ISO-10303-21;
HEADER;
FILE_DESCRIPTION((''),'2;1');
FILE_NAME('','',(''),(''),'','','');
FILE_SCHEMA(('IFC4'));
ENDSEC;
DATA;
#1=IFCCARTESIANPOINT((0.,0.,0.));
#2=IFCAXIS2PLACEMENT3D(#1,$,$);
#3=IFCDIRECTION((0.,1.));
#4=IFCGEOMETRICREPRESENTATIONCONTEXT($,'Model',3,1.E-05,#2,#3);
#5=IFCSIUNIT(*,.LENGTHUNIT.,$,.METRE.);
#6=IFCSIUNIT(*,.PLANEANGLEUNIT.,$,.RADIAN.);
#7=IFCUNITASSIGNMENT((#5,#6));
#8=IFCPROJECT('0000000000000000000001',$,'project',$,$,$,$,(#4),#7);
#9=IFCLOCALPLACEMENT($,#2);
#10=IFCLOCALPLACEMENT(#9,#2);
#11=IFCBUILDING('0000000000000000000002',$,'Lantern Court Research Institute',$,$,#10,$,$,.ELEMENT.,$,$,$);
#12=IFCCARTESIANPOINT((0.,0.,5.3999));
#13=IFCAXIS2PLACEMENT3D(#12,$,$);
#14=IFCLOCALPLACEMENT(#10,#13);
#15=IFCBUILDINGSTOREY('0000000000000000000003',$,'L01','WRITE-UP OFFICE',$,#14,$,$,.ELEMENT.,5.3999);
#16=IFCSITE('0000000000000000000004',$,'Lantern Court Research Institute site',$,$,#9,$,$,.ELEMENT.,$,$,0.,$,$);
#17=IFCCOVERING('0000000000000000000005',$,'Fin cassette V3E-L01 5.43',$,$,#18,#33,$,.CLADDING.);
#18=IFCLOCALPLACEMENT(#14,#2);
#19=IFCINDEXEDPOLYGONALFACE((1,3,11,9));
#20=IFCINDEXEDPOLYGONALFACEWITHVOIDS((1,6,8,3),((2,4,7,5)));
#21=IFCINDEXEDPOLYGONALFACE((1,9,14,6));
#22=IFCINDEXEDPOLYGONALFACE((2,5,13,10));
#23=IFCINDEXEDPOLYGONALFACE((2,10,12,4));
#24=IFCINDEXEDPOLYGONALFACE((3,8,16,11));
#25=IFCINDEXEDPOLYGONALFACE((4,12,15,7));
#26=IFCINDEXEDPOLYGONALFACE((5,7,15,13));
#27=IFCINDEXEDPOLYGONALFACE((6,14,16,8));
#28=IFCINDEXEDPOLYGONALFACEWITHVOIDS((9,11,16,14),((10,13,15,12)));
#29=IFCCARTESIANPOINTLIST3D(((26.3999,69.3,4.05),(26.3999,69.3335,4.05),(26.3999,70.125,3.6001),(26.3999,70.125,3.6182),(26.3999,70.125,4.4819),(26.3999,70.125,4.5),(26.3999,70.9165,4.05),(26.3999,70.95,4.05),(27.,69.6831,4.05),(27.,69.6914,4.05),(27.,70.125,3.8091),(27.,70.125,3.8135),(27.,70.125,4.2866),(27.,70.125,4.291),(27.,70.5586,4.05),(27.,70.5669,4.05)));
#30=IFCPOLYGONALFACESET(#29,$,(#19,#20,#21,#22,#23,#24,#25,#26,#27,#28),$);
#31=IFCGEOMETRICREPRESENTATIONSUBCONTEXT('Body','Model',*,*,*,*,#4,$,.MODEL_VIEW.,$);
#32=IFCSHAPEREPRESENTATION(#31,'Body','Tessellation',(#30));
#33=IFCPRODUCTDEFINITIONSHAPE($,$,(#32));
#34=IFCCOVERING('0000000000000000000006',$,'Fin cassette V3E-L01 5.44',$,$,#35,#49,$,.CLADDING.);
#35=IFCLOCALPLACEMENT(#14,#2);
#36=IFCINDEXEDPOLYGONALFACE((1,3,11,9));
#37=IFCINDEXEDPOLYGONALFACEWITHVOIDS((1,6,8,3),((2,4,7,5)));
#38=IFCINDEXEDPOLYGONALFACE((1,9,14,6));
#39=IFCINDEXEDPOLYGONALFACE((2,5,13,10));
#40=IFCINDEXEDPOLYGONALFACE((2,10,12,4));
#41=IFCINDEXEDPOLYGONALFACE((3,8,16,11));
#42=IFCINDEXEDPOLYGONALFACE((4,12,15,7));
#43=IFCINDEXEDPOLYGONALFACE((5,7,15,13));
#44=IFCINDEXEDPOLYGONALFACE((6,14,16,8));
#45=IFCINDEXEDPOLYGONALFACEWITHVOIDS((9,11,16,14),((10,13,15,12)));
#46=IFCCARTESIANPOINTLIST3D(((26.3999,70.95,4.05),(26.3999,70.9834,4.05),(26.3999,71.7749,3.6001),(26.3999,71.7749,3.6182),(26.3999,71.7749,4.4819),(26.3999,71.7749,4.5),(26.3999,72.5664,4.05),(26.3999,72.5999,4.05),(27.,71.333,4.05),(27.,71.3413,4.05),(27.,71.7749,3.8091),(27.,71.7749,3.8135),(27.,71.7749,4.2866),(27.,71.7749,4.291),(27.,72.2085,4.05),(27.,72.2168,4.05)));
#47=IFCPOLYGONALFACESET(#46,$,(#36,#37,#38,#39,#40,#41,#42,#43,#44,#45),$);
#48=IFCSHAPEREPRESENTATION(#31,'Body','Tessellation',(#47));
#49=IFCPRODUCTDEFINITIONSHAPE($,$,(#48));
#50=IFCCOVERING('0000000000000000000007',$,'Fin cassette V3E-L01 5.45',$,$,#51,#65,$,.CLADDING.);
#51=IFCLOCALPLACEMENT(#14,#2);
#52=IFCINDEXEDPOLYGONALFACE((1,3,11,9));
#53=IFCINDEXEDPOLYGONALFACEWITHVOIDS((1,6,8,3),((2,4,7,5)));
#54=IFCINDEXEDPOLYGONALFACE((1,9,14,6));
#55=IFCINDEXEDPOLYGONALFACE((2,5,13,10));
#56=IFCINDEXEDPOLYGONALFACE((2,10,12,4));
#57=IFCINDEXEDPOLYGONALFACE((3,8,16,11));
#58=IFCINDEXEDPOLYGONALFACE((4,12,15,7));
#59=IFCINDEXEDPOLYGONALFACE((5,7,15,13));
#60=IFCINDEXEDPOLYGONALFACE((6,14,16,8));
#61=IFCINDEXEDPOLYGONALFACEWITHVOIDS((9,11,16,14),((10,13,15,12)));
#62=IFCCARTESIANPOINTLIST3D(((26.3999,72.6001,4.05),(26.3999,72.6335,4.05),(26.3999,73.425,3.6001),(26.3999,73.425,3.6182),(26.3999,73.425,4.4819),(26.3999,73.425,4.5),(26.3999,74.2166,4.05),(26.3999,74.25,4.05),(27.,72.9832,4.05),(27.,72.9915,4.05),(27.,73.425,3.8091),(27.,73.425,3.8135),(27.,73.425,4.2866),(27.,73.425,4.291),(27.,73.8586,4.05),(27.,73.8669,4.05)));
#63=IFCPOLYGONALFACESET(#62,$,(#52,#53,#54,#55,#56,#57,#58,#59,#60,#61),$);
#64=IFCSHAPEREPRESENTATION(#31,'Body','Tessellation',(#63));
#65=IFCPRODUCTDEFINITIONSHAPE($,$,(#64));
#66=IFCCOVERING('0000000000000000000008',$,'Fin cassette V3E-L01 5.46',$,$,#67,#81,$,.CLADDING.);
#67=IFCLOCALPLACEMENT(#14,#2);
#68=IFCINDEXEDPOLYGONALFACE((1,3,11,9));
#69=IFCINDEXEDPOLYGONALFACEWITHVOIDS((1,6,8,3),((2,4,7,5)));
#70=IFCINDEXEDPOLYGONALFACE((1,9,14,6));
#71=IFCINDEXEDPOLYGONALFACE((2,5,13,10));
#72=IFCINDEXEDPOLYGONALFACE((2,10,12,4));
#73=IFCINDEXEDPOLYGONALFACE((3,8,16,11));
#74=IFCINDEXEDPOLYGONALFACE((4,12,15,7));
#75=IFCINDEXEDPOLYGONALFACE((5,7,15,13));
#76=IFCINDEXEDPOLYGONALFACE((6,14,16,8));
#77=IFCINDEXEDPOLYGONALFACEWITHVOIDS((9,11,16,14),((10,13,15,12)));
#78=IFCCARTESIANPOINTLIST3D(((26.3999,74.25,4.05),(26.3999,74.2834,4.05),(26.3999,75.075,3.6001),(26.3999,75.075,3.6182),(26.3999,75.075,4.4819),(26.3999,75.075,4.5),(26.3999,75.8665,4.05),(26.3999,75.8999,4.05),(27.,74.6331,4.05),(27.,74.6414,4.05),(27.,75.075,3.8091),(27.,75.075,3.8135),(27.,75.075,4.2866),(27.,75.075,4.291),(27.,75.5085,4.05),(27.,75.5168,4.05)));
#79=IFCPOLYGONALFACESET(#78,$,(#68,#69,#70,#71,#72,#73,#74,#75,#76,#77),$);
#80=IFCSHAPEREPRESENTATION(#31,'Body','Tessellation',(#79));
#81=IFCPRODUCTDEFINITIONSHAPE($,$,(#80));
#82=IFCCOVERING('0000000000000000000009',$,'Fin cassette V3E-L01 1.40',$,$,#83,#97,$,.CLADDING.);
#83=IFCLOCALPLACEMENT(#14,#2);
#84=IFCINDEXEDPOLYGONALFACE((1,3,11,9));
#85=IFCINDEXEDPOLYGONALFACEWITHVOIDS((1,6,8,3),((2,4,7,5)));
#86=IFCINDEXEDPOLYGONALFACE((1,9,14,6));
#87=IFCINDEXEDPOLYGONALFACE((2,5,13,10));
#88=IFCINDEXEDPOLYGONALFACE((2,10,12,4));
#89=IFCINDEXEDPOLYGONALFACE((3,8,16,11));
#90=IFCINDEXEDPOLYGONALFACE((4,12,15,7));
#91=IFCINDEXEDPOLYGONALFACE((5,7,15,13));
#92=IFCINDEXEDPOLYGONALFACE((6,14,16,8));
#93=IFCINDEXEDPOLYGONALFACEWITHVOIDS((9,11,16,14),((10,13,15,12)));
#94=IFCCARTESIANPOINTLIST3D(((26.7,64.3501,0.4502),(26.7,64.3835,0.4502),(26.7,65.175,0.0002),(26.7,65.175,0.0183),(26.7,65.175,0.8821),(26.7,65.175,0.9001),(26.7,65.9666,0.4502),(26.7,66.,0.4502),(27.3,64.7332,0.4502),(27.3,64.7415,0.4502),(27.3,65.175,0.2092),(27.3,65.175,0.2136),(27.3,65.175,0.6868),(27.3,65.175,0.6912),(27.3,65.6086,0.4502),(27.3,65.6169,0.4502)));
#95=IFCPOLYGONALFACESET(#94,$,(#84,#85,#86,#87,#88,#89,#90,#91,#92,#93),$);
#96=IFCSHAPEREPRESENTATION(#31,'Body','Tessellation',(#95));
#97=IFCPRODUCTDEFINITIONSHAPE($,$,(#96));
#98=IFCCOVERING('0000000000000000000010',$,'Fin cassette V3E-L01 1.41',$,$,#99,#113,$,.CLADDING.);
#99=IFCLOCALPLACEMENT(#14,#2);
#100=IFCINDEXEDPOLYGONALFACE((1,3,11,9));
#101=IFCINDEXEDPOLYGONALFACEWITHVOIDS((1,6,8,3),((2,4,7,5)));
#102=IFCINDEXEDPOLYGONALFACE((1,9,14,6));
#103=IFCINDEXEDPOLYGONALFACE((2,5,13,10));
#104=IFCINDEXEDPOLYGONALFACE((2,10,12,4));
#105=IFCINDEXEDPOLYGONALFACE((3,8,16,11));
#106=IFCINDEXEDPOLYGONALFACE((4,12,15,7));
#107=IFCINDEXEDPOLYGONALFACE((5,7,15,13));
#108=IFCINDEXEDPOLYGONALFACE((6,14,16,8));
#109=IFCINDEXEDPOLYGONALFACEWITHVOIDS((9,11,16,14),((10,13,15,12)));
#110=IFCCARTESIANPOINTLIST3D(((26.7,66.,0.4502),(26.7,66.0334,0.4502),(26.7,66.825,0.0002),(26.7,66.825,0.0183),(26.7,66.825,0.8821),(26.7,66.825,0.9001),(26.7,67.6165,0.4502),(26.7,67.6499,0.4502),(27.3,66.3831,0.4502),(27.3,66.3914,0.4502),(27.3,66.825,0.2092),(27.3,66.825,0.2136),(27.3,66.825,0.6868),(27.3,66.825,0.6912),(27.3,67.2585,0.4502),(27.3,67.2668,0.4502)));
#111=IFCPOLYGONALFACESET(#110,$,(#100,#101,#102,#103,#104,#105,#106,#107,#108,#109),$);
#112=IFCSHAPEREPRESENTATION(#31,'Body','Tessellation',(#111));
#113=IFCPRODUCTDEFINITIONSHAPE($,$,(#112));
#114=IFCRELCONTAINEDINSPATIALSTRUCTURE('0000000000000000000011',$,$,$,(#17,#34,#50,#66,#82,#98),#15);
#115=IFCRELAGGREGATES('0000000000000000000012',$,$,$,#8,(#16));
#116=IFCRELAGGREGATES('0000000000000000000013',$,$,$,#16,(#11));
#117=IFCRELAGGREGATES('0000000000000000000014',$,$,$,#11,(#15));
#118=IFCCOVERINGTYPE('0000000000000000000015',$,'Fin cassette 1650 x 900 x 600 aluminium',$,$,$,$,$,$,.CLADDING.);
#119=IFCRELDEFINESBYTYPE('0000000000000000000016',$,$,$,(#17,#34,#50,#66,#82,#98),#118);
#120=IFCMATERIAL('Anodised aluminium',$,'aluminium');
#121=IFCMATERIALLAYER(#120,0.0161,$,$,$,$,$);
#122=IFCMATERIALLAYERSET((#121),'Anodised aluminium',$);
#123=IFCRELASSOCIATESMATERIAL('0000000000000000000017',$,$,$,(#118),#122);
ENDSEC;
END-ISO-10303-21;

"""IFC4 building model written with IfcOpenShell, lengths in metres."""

from ifc_helpers import new_model, entity, si_unit, direction, frame, origin, place, context, subcontext, project, spatial, material, layer, layer_set, type_object, element, save


model = new_model("IFC4")

# Units and contexts
model_context = context("Model", 3, precision=1e-05, world=origin(), true_north=direction((0.0, 1.0)))
body_context = subcontext(model_context, "Body", "Model", "MODEL_VIEW")
ifc_project = project(units=[si_unit("LENGTHUNIT", "METRE"), si_unit("PLANEANGLEUNIT", "RADIAN")], contexts=[model_context])

# Site, building, storey
site_placement = place(None, origin())
site = spatial("IfcSite", under=ifc_project, at=site_placement, Name="Lantern Court Research Institute site", CompositionType="ELEMENT", RefElevation=0.0)
building_placement = place(site_placement, origin())
building = spatial("IfcBuilding", under=site, at=building_placement, Name="Lantern Court Research Institute", CompositionType="ELEMENT")
storey_placement = place(building_placement, frame((0.0, 0.0, 5.3999)))
storey = spatial("IfcBuildingStorey", under=building, at=storey_placement, Name="L01", Description="WRITE-UP OFFICE", CompositionType="ELEMENT", Elevation=5.3999)

# Coverings
ifc_material_1 = material(Name="Anodised aluminium", Category="aluminium")
ifc_layer_1 = layer(ifc_material_1, 0.0161)
ifc_layer_set_1 = layer_set([ifc_layer_1], Name="Anodised aluminium")
covering_type_1 = type_object("IfcCoveringType", Name="Fin cassette 1650 x 900 x 600 aluminium", PredefinedType="CLADDING", material=ifc_layer_set_1)
covering_1_placement = place(storey_placement, frame((26.3999, 70.125, 4.05), z_axis=(1.0, 0.0, 0.0), x_axis=(0.0, 1.0, 0.0)))
cartesian_point_1 = entity("IfcCartesianPoint", [0.825, 0.0])
cartesian_point_2 = entity("IfcCartesianPoint", [0.7915, 0.0])
cartesian_point_3 = entity("IfcCartesianPoint", [0.4419, 0.0])
cartesian_point_4 = entity("IfcCartesianPoint", [0.4336, 0.0])
element("IfcCovering", 1, at=covering_1_placement, inside=storey, type_object=covering_type_1, Name="Fin cassette V3E-L01 5.43", PredefinedType="CLADDING", context=body_context, shape_type="SweptSolid", body=[
    entity("IfcExtrudedAreaSolidTapered", entity("IfcArbitraryProfileDefWithVoids", "AREA", None, entity("IfcPolyline", [cartesian_point_1, entity("IfcCartesianPoint", [0.0, 0.45]), entity("IfcCartesianPoint", [-0.825, 0.0]), entity("IfcCartesianPoint", [0.0, -0.45]), cartesian_point_1]), [entity("IfcPolyline", [cartesian_point_2, entity("IfcCartesianPoint", [0.0, 0.4319]), entity("IfcCartesianPoint", [-0.7915, 0.0]), entity("IfcCartesianPoint", [0.0, -0.4319]), cartesian_point_2])]), entity("IfcAxis2Placement3D", entity("IfcCartesianPoint", [0.0, 0.0, 0.0])), entity("IfcDirection", [0.0, 0.0, 1.0]), 0.6001, entity("IfcArbitraryProfileDefWithVoids", "AREA", None, entity("IfcPolyline", [cartesian_point_3, entity("IfcCartesianPoint", [0.0, 0.241]), entity("IfcCartesianPoint", [-0.4419, 0.0]), entity("IfcCartesianPoint", [0.0, -0.241]), cartesian_point_3]), [entity("IfcPolyline", [cartesian_point_4, entity("IfcCartesianPoint", [0.0, 0.2366]), entity("IfcCartesianPoint", [-0.4336, 0.0]), entity("IfcCartesianPoint", [0.0, -0.2366]), cartesian_point_4])])),
])
covering_2_placement = place(storey_placement, frame((26.3999, 71.7749, 4.05), z_axis=(1.0, 0.0, 0.0), x_axis=(0.0, 1.0, 0.0)))
cartesian_point_5 = entity("IfcCartesianPoint", [0.825, 0.0])
cartesian_point_6 = entity("IfcCartesianPoint", [0.7915, 0.0])
cartesian_point_7 = entity("IfcCartesianPoint", [0.4419, 0.0])
cartesian_point_8 = entity("IfcCartesianPoint", [0.4336, 0.0])
element("IfcCovering", 2, at=covering_2_placement, inside=storey, type_object=covering_type_1, Name="Fin cassette V3E-L01 5.44", PredefinedType="CLADDING", context=body_context, shape_type="SweptSolid", body=[
    entity("IfcExtrudedAreaSolidTapered", entity("IfcArbitraryProfileDefWithVoids", "AREA", None, entity("IfcPolyline", [cartesian_point_5, entity("IfcCartesianPoint", [0.0, 0.45]), entity("IfcCartesianPoint", [-0.825, 0.0]), entity("IfcCartesianPoint", [0.0, -0.45]), cartesian_point_5]), [entity("IfcPolyline", [cartesian_point_6, entity("IfcCartesianPoint", [0.0, 0.4319]), entity("IfcCartesianPoint", [-0.7915, 0.0]), entity("IfcCartesianPoint", [0.0, -0.4319]), cartesian_point_6])]), entity("IfcAxis2Placement3D", entity("IfcCartesianPoint", [0.0, 0.0, 0.0])), entity("IfcDirection", [0.0, 0.0, 1.0]), 0.6001, entity("IfcArbitraryProfileDefWithVoids", "AREA", None, entity("IfcPolyline", [cartesian_point_7, entity("IfcCartesianPoint", [0.0, 0.241]), entity("IfcCartesianPoint", [-0.4419, 0.0]), entity("IfcCartesianPoint", [0.0, -0.241]), cartesian_point_7]), [entity("IfcPolyline", [cartesian_point_8, entity("IfcCartesianPoint", [0.0, 0.2366]), entity("IfcCartesianPoint", [-0.4336, 0.0]), entity("IfcCartesianPoint", [0.0, -0.2366]), cartesian_point_8])])),
])
covering_3_placement = place(storey_placement, frame((26.3999, 73.425, 4.05), z_axis=(1.0, 0.0, 0.0), x_axis=(0.0, 1.0, 0.0)))
cartesian_point_9 = entity("IfcCartesianPoint", [0.825, 0.0])
cartesian_point_10 = entity("IfcCartesianPoint", [0.7915, 0.0])
cartesian_point_11 = entity("IfcCartesianPoint", [0.4419, 0.0])
cartesian_point_12 = entity("IfcCartesianPoint", [0.4336, 0.0])
element("IfcCovering", 3, at=covering_3_placement, inside=storey, type_object=covering_type_1, Name="Fin cassette V3E-L01 5.45", PredefinedType="CLADDING", context=body_context, shape_type="SweptSolid", body=[
    entity("IfcExtrudedAreaSolidTapered", entity("IfcArbitraryProfileDefWithVoids", "AREA", None, entity("IfcPolyline", [cartesian_point_9, entity("IfcCartesianPoint", [0.0, 0.45]), entity("IfcCartesianPoint", [-0.825, 0.0]), entity("IfcCartesianPoint", [0.0, -0.45]), cartesian_point_9]), [entity("IfcPolyline", [cartesian_point_10, entity("IfcCartesianPoint", [0.0, 0.4319]), entity("IfcCartesianPoint", [-0.7915, 0.0]), entity("IfcCartesianPoint", [0.0, -0.4319]), cartesian_point_10])]), entity("IfcAxis2Placement3D", entity("IfcCartesianPoint", [0.0, 0.0, 0.0])), entity("IfcDirection", [0.0, 0.0, 1.0]), 0.6001, entity("IfcArbitraryProfileDefWithVoids", "AREA", None, entity("IfcPolyline", [cartesian_point_11, entity("IfcCartesianPoint", [0.0, 0.241]), entity("IfcCartesianPoint", [-0.4419, 0.0]), entity("IfcCartesianPoint", [0.0, -0.241]), cartesian_point_11]), [entity("IfcPolyline", [cartesian_point_12, entity("IfcCartesianPoint", [0.0, 0.2366]), entity("IfcCartesianPoint", [-0.4336, 0.0]), entity("IfcCartesianPoint", [0.0, -0.2366]), cartesian_point_12])])),
])
covering_4_placement = place(storey_placement, frame((26.3999, 75.075, 4.05), z_axis=(1.0, 0.0, 0.0), x_axis=(0.0, 1.0, 0.0)))
cartesian_point_13 = entity("IfcCartesianPoint", [0.825, 0.0])
cartesian_point_14 = entity("IfcCartesianPoint", [0.7915, 0.0])
cartesian_point_15 = entity("IfcCartesianPoint", [0.4419, 0.0])
cartesian_point_16 = entity("IfcCartesianPoint", [0.4336, 0.0])
element("IfcCovering", 4, at=covering_4_placement, inside=storey, type_object=covering_type_1, Name="Fin cassette V3E-L01 5.46", PredefinedType="CLADDING", context=body_context, shape_type="SweptSolid", body=[
    entity("IfcExtrudedAreaSolidTapered", entity("IfcArbitraryProfileDefWithVoids", "AREA", None, entity("IfcPolyline", [cartesian_point_13, entity("IfcCartesianPoint", [0.0, 0.45]), entity("IfcCartesianPoint", [-0.825, 0.0]), entity("IfcCartesianPoint", [0.0, -0.45]), cartesian_point_13]), [entity("IfcPolyline", [cartesian_point_14, entity("IfcCartesianPoint", [0.0, 0.4319]), entity("IfcCartesianPoint", [-0.7915, 0.0]), entity("IfcCartesianPoint", [0.0, -0.4319]), cartesian_point_14])]), entity("IfcAxis2Placement3D", entity("IfcCartesianPoint", [0.0, 0.0, 0.0])), entity("IfcDirection", [0.0, 0.0, 1.0]), 0.6001, entity("IfcArbitraryProfileDefWithVoids", "AREA", None, entity("IfcPolyline", [cartesian_point_15, entity("IfcCartesianPoint", [0.0, 0.241]), entity("IfcCartesianPoint", [-0.4419, 0.0]), entity("IfcCartesianPoint", [0.0, -0.241]), cartesian_point_15]), [entity("IfcPolyline", [cartesian_point_16, entity("IfcCartesianPoint", [0.0, 0.2366]), entity("IfcCartesianPoint", [-0.4336, 0.0]), entity("IfcCartesianPoint", [0.0, -0.2366]), cartesian_point_16])])),
])
covering_5_placement = place(storey_placement, frame((26.7, 65.175, 0.4502), z_axis=(1.0, 0.0, 0.0), x_axis=(0.0, 1.0, 0.0)))
cartesian_point_17 = entity("IfcCartesianPoint", [0.825, 0.0])
cartesian_point_18 = entity("IfcCartesianPoint", [0.7915, 0.0])
cartesian_point_19 = entity("IfcCartesianPoint", [0.4419, 0.0])
cartesian_point_20 = entity("IfcCartesianPoint", [0.4336, 0.0])
element("IfcCovering", 5, at=covering_5_placement, inside=storey, type_object=covering_type_1, Name="Fin cassette V3E-L01 1.40", PredefinedType="CLADDING", context=body_context, shape_type="SweptSolid", body=[
    entity("IfcExtrudedAreaSolidTapered", entity("IfcArbitraryProfileDefWithVoids", "AREA", None, entity("IfcPolyline", [cartesian_point_17, entity("IfcCartesianPoint", [0.0, 0.45]), entity("IfcCartesianPoint", [-0.825, 0.0]), entity("IfcCartesianPoint", [0.0, -0.45]), cartesian_point_17]), [entity("IfcPolyline", [cartesian_point_18, entity("IfcCartesianPoint", [0.0, 0.4319]), entity("IfcCartesianPoint", [-0.7915, 0.0]), entity("IfcCartesianPoint", [0.0, -0.4319]), cartesian_point_18])]), entity("IfcAxis2Placement3D", entity("IfcCartesianPoint", [0.0, 0.0, 0.0])), entity("IfcDirection", [0.0, 0.0, 1.0]), 0.6001, entity("IfcArbitraryProfileDefWithVoids", "AREA", None, entity("IfcPolyline", [cartesian_point_19, entity("IfcCartesianPoint", [0.0, 0.241]), entity("IfcCartesianPoint", [-0.4419, 0.0]), entity("IfcCartesianPoint", [0.0, -0.241]), cartesian_point_19]), [entity("IfcPolyline", [cartesian_point_20, entity("IfcCartesianPoint", [0.0, 0.2366]), entity("IfcCartesianPoint", [-0.4336, 0.0]), entity("IfcCartesianPoint", [0.0, -0.2366]), cartesian_point_20])])),
])
covering_6_placement = place(storey_placement, frame((26.7, 66.825, 0.4502), z_axis=(1.0, 0.0, 0.0), x_axis=(0.0, 1.0, 0.0)))
cartesian_point_21 = entity("IfcCartesianPoint", [0.825, 0.0])
cartesian_point_22 = entity("IfcCartesianPoint", [0.7915, 0.0])
cartesian_point_23 = entity("IfcCartesianPoint", [0.4419, 0.0])
cartesian_point_24 = entity("IfcCartesianPoint", [0.4336, 0.0])
element("IfcCovering", 6, at=covering_6_placement, inside=storey, type_object=covering_type_1, Name="Fin cassette V3E-L01 1.41", PredefinedType="CLADDING", context=body_context, shape_type="SweptSolid", body=[
    entity("IfcExtrudedAreaSolidTapered", entity("IfcArbitraryProfileDefWithVoids", "AREA", None, entity("IfcPolyline", [cartesian_point_21, entity("IfcCartesianPoint", [0.0, 0.45]), entity("IfcCartesianPoint", [-0.825, 0.0]), entity("IfcCartesianPoint", [0.0, -0.45]), cartesian_point_21]), [entity("IfcPolyline", [cartesian_point_22, entity("IfcCartesianPoint", [0.0, 0.4319]), entity("IfcCartesianPoint", [-0.7915, 0.0]), entity("IfcCartesianPoint", [0.0, -0.4319]), cartesian_point_22])]), entity("IfcAxis2Placement3D", entity("IfcCartesianPoint", [0.0, 0.0, 0.0])), entity("IfcDirection", [0.0, 0.0, 1.0]), 0.6001, entity("IfcArbitraryProfileDefWithVoids", "AREA", None, entity("IfcPolyline", [cartesian_point_23, entity("IfcCartesianPoint", [0.0, 0.241]), entity("IfcCartesianPoint", [-0.4419, 0.0]), entity("IfcCartesianPoint", [0.0, -0.241]), cartesian_point_23]), [entity("IfcPolyline", [cartesian_point_24, entity("IfcCartesianPoint", [0.0, 0.2366]), entity("IfcCartesianPoint", [-0.4336, 0.0]), entity("IfcCartesianPoint", [0.0, -0.2366]), cartesian_point_24])])),
])

save(model, "model.ifc")
